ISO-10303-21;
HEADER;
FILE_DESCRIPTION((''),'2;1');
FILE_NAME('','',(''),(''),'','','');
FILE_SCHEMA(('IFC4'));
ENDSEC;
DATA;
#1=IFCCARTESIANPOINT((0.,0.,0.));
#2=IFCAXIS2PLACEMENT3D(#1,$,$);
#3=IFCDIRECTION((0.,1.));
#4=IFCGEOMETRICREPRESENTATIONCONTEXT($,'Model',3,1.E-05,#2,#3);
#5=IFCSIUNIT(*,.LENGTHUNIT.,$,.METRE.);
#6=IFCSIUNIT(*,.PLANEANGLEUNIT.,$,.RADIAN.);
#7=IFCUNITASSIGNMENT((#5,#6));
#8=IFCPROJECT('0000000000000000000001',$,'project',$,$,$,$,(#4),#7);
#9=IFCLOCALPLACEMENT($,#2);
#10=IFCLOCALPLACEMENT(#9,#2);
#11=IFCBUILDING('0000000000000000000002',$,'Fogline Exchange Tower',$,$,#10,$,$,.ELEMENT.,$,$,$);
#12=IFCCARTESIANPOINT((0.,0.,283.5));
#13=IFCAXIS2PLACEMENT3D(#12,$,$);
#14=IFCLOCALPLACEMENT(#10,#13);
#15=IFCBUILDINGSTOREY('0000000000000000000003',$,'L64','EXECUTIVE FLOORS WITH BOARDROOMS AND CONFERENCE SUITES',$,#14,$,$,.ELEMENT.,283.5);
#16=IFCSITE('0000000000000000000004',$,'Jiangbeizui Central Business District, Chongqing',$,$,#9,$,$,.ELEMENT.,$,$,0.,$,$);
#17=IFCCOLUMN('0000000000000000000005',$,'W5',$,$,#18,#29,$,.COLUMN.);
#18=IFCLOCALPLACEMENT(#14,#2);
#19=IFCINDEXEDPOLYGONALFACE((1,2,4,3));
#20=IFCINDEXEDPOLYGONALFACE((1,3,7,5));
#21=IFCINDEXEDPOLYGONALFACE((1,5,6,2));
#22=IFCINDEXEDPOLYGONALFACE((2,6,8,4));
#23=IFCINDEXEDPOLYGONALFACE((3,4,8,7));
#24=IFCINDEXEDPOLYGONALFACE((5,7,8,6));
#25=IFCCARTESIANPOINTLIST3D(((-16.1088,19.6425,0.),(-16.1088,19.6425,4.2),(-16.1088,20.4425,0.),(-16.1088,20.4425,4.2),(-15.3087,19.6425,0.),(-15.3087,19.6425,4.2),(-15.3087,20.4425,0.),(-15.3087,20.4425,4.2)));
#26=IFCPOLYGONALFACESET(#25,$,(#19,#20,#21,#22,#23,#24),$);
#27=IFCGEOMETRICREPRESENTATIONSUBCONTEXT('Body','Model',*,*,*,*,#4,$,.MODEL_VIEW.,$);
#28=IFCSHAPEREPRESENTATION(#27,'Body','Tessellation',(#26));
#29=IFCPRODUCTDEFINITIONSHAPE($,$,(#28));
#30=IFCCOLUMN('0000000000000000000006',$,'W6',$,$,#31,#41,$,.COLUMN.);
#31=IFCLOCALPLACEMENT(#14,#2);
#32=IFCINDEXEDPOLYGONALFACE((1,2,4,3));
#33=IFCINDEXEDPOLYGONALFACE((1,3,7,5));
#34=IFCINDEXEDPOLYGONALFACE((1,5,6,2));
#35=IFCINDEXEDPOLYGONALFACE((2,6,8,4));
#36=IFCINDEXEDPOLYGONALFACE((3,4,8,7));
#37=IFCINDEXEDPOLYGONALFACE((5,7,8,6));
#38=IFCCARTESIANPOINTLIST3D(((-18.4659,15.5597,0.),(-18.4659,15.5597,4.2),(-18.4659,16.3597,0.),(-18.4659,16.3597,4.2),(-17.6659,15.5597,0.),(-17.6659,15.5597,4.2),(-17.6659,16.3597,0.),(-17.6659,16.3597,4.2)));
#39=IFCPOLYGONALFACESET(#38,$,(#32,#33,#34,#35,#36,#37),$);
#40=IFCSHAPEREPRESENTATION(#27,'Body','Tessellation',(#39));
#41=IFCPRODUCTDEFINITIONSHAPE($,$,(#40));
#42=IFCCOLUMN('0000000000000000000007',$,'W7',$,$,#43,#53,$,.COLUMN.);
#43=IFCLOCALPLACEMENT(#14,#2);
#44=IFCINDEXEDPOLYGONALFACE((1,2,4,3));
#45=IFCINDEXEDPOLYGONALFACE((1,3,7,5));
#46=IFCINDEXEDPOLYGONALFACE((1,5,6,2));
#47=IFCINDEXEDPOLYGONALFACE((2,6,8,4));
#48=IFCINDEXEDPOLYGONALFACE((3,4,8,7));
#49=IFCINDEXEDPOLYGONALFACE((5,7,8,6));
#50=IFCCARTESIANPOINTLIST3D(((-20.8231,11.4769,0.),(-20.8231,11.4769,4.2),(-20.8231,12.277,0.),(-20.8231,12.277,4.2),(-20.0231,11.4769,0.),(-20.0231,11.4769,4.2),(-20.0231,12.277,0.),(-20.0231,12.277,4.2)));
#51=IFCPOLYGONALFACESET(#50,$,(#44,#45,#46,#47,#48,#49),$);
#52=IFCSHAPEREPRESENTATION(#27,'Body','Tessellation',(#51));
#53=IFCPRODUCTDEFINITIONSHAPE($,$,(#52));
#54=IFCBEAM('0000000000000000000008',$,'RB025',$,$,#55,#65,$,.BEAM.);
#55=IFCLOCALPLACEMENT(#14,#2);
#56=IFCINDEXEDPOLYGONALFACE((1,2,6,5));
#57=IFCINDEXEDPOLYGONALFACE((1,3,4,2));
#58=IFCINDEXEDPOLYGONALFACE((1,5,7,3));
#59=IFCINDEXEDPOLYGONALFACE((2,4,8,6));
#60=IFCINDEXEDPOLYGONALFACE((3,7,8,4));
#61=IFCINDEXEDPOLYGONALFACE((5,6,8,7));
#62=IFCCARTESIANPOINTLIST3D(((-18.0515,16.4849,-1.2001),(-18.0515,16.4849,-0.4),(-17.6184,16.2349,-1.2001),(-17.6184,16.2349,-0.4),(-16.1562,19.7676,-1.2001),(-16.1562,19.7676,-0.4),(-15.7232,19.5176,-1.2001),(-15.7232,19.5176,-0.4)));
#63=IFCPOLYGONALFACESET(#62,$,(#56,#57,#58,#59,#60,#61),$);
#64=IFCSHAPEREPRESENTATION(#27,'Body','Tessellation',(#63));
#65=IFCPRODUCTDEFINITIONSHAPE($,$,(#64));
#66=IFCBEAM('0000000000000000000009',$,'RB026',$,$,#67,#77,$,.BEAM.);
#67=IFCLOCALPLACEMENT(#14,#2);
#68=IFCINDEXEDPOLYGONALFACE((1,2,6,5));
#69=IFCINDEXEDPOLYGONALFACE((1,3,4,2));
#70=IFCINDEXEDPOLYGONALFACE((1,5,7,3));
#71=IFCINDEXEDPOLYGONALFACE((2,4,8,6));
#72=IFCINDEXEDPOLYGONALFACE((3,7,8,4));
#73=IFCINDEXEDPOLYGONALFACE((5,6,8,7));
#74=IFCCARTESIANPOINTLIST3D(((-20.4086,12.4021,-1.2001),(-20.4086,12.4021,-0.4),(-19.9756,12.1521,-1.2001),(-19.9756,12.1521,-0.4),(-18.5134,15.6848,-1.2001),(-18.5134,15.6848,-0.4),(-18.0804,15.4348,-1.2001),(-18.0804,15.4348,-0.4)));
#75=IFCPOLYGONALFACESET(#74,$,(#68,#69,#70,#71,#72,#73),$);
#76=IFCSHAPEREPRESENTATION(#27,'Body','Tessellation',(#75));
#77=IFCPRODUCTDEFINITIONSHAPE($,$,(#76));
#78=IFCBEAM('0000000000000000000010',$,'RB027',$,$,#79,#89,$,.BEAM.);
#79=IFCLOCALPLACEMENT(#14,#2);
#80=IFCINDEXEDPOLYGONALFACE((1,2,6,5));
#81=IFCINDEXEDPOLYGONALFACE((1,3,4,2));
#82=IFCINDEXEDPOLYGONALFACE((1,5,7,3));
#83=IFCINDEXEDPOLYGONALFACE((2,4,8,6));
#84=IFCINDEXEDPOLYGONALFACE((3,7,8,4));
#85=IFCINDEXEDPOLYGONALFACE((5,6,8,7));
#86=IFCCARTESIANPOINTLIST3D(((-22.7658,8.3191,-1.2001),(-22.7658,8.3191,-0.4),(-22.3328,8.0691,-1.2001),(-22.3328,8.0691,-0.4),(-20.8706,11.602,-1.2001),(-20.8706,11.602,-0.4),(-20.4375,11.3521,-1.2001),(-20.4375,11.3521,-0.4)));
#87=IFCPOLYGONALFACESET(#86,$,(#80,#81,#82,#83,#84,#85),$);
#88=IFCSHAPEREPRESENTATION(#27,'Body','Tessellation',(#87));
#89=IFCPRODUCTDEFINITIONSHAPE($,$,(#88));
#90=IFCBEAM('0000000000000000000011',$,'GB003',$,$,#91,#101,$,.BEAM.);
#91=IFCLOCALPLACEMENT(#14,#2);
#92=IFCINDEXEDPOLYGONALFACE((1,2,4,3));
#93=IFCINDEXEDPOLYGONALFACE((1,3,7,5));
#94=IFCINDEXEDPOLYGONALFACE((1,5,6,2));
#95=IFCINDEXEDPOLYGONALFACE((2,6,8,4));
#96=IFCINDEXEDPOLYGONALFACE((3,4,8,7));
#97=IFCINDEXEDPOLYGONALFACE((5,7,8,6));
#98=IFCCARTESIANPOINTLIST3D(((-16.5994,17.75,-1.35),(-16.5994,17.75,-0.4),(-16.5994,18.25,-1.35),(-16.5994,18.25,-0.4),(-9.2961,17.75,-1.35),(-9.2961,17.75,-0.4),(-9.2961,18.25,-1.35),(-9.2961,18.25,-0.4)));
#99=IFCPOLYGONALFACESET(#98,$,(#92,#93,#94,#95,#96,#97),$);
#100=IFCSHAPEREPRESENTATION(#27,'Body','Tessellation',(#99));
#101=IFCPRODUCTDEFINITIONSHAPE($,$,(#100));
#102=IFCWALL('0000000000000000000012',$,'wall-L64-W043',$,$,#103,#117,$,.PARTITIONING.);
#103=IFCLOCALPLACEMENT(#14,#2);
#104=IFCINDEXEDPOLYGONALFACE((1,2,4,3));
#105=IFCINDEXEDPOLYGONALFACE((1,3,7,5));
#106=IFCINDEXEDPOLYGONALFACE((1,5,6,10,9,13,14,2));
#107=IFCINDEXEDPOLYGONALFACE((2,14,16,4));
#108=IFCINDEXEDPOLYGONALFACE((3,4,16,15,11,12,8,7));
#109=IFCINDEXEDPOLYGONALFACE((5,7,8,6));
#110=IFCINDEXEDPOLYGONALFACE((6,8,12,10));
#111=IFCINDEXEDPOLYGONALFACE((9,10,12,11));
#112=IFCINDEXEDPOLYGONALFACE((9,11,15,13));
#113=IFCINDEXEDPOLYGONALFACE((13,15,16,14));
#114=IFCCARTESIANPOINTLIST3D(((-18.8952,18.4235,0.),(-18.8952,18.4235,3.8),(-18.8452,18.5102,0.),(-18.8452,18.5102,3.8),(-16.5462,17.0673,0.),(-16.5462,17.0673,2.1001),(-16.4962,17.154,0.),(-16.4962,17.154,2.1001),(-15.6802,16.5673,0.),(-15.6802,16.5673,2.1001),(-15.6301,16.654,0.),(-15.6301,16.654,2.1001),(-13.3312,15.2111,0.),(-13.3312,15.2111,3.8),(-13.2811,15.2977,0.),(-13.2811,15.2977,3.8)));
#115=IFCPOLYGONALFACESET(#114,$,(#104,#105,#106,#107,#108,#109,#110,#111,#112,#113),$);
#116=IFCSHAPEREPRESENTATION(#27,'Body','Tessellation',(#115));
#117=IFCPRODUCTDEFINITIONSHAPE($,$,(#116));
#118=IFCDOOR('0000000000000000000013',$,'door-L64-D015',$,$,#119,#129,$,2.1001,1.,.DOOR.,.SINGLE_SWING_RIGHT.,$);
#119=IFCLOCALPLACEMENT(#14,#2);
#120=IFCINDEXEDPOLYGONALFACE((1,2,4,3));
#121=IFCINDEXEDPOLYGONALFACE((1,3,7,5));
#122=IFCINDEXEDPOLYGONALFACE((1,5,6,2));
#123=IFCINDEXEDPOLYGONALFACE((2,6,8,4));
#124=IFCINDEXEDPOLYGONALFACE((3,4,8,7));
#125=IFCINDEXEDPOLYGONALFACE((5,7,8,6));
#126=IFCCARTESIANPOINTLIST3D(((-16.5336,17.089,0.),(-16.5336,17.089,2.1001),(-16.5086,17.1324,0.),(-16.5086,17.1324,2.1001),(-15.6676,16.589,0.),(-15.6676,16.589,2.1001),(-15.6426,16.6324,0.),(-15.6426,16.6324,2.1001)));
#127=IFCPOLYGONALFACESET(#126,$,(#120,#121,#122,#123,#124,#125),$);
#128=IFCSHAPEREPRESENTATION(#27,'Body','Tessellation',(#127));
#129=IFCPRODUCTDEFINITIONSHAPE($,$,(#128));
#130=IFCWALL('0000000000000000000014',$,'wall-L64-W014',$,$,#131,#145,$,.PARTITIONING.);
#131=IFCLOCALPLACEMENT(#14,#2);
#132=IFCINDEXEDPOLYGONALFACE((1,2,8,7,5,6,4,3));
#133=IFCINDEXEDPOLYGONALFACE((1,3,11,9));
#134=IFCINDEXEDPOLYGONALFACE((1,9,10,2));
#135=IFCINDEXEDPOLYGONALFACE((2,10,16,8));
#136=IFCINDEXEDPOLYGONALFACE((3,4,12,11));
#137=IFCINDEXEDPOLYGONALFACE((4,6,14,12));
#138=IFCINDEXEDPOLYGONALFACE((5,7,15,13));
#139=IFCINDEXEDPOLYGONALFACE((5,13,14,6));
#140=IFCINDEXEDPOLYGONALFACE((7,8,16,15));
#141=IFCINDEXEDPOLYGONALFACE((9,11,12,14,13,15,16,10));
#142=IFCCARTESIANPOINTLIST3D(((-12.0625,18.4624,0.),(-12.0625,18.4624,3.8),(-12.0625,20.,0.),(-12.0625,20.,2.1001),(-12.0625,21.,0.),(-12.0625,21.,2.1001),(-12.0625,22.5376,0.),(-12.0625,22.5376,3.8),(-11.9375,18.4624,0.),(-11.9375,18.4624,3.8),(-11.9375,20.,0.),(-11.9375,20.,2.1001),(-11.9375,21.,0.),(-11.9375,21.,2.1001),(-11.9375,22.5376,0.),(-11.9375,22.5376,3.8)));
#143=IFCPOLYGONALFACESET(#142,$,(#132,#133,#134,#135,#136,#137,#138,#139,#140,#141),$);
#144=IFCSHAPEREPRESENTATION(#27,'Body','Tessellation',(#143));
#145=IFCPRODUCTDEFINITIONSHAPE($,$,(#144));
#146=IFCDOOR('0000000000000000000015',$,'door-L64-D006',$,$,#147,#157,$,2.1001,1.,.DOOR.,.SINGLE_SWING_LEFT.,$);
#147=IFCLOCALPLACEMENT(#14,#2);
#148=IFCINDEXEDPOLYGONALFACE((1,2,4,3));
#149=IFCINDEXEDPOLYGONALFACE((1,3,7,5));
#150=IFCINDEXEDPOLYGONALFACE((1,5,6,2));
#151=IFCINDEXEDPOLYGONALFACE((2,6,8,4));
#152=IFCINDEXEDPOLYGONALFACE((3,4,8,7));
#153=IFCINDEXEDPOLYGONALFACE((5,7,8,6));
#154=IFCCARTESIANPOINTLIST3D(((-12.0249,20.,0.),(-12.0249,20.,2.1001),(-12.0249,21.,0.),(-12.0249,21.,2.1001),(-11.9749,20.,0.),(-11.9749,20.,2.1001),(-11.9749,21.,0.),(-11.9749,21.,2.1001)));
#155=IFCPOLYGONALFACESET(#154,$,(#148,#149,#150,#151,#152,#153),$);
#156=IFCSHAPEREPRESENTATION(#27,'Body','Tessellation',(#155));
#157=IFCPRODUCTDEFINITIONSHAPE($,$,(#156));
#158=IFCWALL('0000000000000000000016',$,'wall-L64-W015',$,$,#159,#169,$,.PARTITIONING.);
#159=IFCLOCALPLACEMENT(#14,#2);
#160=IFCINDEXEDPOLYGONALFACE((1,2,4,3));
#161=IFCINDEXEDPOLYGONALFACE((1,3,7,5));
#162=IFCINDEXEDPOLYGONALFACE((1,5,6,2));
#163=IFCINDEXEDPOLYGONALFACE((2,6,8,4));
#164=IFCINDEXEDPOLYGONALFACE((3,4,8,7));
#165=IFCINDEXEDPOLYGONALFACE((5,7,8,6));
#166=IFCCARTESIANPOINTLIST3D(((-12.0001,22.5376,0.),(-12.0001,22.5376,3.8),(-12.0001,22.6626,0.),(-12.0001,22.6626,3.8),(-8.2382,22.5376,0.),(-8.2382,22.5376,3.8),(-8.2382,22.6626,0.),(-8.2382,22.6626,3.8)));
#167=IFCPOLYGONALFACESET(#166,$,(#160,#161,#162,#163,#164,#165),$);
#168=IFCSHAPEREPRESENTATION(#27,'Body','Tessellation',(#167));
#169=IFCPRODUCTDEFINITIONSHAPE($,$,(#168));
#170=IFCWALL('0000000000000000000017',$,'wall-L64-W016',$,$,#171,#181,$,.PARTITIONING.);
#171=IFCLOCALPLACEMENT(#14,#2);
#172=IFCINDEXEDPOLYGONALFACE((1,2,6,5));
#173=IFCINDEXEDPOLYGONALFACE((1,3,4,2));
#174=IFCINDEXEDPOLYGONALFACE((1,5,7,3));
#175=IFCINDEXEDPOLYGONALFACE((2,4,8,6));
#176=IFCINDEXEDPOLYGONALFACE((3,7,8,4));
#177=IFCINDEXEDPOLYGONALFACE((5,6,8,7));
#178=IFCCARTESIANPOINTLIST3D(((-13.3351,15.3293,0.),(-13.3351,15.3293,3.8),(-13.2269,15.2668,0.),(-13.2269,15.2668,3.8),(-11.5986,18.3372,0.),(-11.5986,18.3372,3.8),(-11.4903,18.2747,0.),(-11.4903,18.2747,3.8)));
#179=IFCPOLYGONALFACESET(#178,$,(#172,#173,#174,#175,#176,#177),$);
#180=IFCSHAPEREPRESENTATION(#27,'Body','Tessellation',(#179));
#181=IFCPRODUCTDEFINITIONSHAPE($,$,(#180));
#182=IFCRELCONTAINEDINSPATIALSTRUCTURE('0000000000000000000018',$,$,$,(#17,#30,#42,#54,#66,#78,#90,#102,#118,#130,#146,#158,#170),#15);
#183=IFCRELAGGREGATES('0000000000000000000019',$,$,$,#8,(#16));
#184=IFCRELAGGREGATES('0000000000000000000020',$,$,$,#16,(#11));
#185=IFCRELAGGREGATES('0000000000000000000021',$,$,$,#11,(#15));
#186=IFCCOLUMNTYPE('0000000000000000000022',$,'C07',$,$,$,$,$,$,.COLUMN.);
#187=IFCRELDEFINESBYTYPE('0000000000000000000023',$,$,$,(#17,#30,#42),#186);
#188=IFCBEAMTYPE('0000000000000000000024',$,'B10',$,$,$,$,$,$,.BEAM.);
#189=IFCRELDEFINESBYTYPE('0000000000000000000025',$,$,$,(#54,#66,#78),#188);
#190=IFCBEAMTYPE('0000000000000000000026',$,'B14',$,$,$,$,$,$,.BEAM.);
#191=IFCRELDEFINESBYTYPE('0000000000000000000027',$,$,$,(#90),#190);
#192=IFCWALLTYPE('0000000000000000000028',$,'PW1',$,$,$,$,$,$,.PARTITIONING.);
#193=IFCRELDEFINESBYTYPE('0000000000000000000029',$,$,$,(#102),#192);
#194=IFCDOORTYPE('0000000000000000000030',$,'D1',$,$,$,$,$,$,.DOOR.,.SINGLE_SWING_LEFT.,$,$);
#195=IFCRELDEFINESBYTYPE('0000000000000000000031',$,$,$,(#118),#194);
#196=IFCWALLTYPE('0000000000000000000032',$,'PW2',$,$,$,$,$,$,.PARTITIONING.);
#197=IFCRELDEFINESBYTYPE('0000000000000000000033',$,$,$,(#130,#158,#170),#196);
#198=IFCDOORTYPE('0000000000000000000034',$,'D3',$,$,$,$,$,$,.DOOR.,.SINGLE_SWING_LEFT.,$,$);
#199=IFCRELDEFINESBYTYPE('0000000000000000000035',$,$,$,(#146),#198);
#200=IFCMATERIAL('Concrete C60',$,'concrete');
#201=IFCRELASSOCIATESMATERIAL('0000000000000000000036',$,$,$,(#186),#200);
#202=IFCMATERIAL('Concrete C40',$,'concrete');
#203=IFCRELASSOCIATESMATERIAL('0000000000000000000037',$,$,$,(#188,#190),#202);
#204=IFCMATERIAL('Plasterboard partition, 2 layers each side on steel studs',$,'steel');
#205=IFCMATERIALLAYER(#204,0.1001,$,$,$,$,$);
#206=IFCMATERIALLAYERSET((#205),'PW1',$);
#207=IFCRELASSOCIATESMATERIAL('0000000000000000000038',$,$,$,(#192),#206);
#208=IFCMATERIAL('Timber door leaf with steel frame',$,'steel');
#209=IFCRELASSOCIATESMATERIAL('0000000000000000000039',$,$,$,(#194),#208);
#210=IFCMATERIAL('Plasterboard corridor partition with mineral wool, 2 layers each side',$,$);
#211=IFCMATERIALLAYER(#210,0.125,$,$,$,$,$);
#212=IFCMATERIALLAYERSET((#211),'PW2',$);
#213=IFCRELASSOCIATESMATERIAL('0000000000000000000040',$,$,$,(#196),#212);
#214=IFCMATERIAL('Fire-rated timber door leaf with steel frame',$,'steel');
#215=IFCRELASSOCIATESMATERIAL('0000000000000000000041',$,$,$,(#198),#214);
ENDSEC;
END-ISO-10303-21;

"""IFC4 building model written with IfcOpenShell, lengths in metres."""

from ifc_helpers import new_model, si_unit, direction, frame, frame_2d, origin, origin_2d, place, context, subcontext, project, spatial, rectangle, extrude, material, layer, layer_set, material_profile, profile_set, type_object, element, fill, save


model = new_model("IFC4")

# Units and contexts
model_context = context("Model", 3, precision=1e-05, world=origin(), true_north=direction((0.0, 1.0)))
body_context = subcontext(model_context, "Body", "Model", "MODEL_VIEW")
ifc_project = project(units=[si_unit("LENGTHUNIT", "METRE"), si_unit("PLANEANGLEUNIT", "RADIAN")], contexts=[model_context])

# Site, building, storey
site_placement = place(None, origin())
site = spatial("IfcSite", under=ifc_project, at=site_placement, Name="Jiangbeizui Central Business District, Chongqing", CompositionType="ELEMENT", RefElevation=0.0)
building_placement = place(site_placement, origin())
building = spatial("IfcBuilding", under=site, at=building_placement, Name="Fogline Exchange Tower", CompositionType="ELEMENT")
storey_placement = place(building_placement, frame((0.0, 0.0, 283.5)))
storey = spatial("IfcBuildingStorey", under=building, at=storey_placement, Name="L64", Description="EXECUTIVE FLOORS WITH BOARDROOMS AND CONFERENCE SUITES", CompositionType="ELEMENT", Elevation=283.5)

# Columns
ifc_material_1 = material(Name="Concrete C60", Category="concrete")
ifc_material_profile_1 = material_profile(ifc_material_1, rectangle(XDim=0.8, YDim=0.8, at=origin_2d()), Name="RC 800x800")
ifc_profile_set_1 = profile_set([ifc_material_profile_1], Name="Concrete C60")
column_type = type_object("IfcColumnType", Name="C07", PredefinedType="COLUMN", material=ifc_profile_set_1)
for number, where, z_axis, x_axis, name in (
    (1, (-15.7087, 20.0425, 0.0), (0.0, 0.0, 1.0), (1.0, 0.0, 0.0), "W5"),
    (2, (-18.0659, 15.9597, 0.0), (0.0, 0.0, 1.0), (1.0, 0.0, 0.0), "W6"),
    (3, (-20.4231, 11.877, 0.0), (0.0, 0.0, 1.0), (1.0, 0.0, 0.0), "W7"),
):
    element("IfcColumn", number, at=place(storey_placement, frame(where, z_axis=z_axis, x_axis=x_axis)), inside=storey, type_object=column_type, Name=name, PredefinedType="COLUMN", context=body_context, shape_type="SweptSolid", body=[
        extrude(rectangle(XDim=0.8, YDim=0.8, at=origin_2d()), origin(), (0.0, 0.0, 1.0), 4.2),
    ])

# Beams
ifc_material_2 = material(Name="Concrete C40", Category="concrete")
ifc_material_profile_2 = material_profile(ifc_material_2, rectangle(XDim=0.5, YDim=0.8, at=origin_2d()), Name="RC 500x800")
ifc_profile_set_2 = profile_set([ifc_material_profile_2], Name="Concrete C40")
beam_type_1 = type_object("IfcBeamType", Name="B10", PredefinedType="BEAM", material=ifc_profile_set_2)
for number, where, z_axis, x_axis, name in (
    (4, (-15.9397, 19.6426, -0.8), (-0.499998, -0.866027, 0.0), (0.866027, -0.499998, 0.0), "RB025"),
    (5, (-18.2969, 15.5598, -0.8), (-0.499998, -0.866027, 0.0), (0.866027, -0.499998, 0.0), "RB026"),
):
    element("IfcBeam", number, at=place(storey_placement, frame(where, z_axis=z_axis, x_axis=x_axis)), inside=storey, type_object=beam_type_1, Name=name, PredefinedType="BEAM", context=body_context, shape_type="SweptSolid", body=[
        extrude(rectangle(XDim=0.5, YDim=0.8, at=origin_2d()), origin(), (0.0, 0.0, 1.0), 3.7905),
    ])
beam_1_placement = place(storey_placement, frame((-20.6541, 11.4771, -0.8), z_axis=(-0.49997, -0.866043, 0.0), x_axis=(0.866043, -0.49997, 0.0)))
element("IfcBeam", 6, at=beam_1_placement, inside=storey, type_object=beam_type_1, Name="RB027", PredefinedType="BEAM", context=body_context, shape_type="SweptSolid", body=[
    extrude(rectangle(XDim=0.5, YDim=0.8, at=origin_2d()), origin(), (0.0, 0.0, 1.0), 3.7908),
])
ifc_material_profile_3 = material_profile(ifc_material_2, rectangle(XDim=0.5, YDim=0.95, at=origin_2d()), Name="RC 500x950")
ifc_profile_set_3 = profile_set([ifc_material_profile_3], Name="Concrete C40")
beam_type_2 = type_object("IfcBeamType", Name="B14", PredefinedType="BEAM", material=ifc_profile_set_3)
beam_2_placement = place(storey_placement, frame((-16.5994, 18.0, -0.875), z_axis=(1.0, 0.0, 0.0), x_axis=(0.0, 1.0, 0.0)))
element("IfcBeam", 7, at=beam_2_placement, inside=storey, type_object=beam_type_2, Name="GB003", PredefinedType="BEAM", context=body_context, shape_type="SweptSolid", body=[
    extrude(rectangle(XDim=0.5, YDim=0.95, at=origin_2d()), origin(), (0.0, 0.0, 1.0), 7.3032),
])

# Walls, openings, doors
ifc_material_3 = material(Name="Plasterboard partition, 2 layers each side on steel studs", Category="steel")
ifc_layer_1 = layer(ifc_material_3, 0.1001)
ifc_layer_set_1 = layer_set([ifc_layer_1], Name="PW1")
wall_type_1 = type_object("IfcWallType", Name="PW1", PredefinedType="PARTITIONING", material=ifc_layer_set_1)
wall_1_placement = place(storey_placement, frame((-13.3062, 15.2544, 0.0), z_axis=(0.0, 0.0, 1.0), x_axis=(-0.866022, 0.500005, 0.0)))
wall_1 = element("IfcWall", 8, at=wall_1_placement, inside=storey, type_object=wall_type_1, Name="wall-L64-W043", PredefinedType="PARTITIONING", context=body_context, shape_type="SweptSolid", body=[
    extrude(rectangle(XDim=6.4248, YDim=0.1001, at=frame_2d((3.2124, 0.0))), origin(), (0.0, 0.0, 1.0), 3.8),
])
opening_1_placement = place(wall_1_placement, frame((2.7124, 0.0, 0.0)))
opening_1 = element("IfcOpeningElement", 9, at=opening_1_placement, cuts=wall_1, PredefinedType="OPENING", context=body_context, shape_type="SweptSolid", body=[
    extrude(rectangle(XDim=1.0, YDim=2.1001, at=frame_2d((0.5, 1.05))), frame((0.0, 0.0601, 0.0), z_axis=(0.0, -1.0, 0.0), x_axis=(1.0, 0.0, 0.0)), (0.0, 0.0, 1.0), 0.1201),
])
ifc_material_4 = material(Name="Timber door leaf with steel frame", Category="steel")
door_type_1 = type_object("IfcDoorType", Name="D1", OperationType="SINGLE_SWING_LEFT", PredefinedType="DOOR", material=ifc_material_4)
door_1_placement = place(opening_1_placement, origin())
door_1 = element("IfcDoor", 10, at=door_1_placement, inside=storey, type_object=door_type_1, Name="door-L64-D015", OperationType="SINGLE_SWING_RIGHT", OverallHeight=2.1001, OverallWidth=1.0, PredefinedType="DOOR", context=body_context, shape_type="SweptSolid", body=[
    extrude(rectangle(XDim=1.0, YDim=2.1001, at=frame_2d((0.5, 1.05))), frame((0.0, 0.0249, 0.0), z_axis=(0.0, -1.0, 0.0), x_axis=(1.0, 0.0, 0.0)), (0.0, 0.0, 1.0), 0.05),
])
fill(opening_1, door_1)
ifc_material_5 = material(Name="Plasterboard corridor partition with mineral wool, 2 layers each side")
ifc_layer_2 = layer(ifc_material_5, 0.125)
ifc_layer_set_2 = layer_set([ifc_layer_2], Name="PW2")
wall_type_2 = type_object("IfcWallType", Name="PW2", PredefinedType="PARTITIONING", material=ifc_layer_set_2)
wall_2_placement = place(storey_placement, frame((-12.0, 18.4624, 0.0), z_axis=(0.0, 0.0, 1.0), x_axis=(0.0, 1.0, 0.0)))
wall_2 = element("IfcWall", 11, at=wall_2_placement, inside=storey, type_object=wall_type_2, Name="wall-L64-W014", PredefinedType="PARTITIONING", context=body_context, shape_type="SweptSolid", body=[
    extrude(rectangle(XDim=4.0752, YDim=0.125, at=frame_2d((2.0376, 0.0))), origin(), (0.0, 0.0, 1.0), 3.8),
])
opening_2_placement = place(wall_2_placement, frame((1.5376, 0.0, 0.0)))
opening_2 = element("IfcOpeningElement", 12, at=opening_2_placement, cuts=wall_2, PredefinedType="OPENING", context=body_context, shape_type="SweptSolid", body=[
    extrude(rectangle(XDim=1.0, YDim=2.1001, at=frame_2d((0.5, 1.05))), frame((0.0, 0.0725, 0.0), z_axis=(0.0, -1.0, 0.0), x_axis=(1.0, 0.0, 0.0)), (0.0, 0.0, 1.0), 0.145),
])
ifc_material_6 = material(Name="Fire-rated timber door leaf with steel frame", Category="steel")
door_type_2 = type_object("IfcDoorType", Name="D3", OperationType="SINGLE_SWING_LEFT", PredefinedType="DOOR", material=ifc_material_6)
door_2_placement = place(opening_2_placement, origin())
door_2 = element("IfcDoor", 13, at=door_2_placement, inside=storey, type_object=door_type_2, Name="door-L64-D006", OperationType="SINGLE_SWING_LEFT", OverallHeight=2.1001, OverallWidth=1.0, PredefinedType="DOOR", context=body_context, shape_type="SweptSolid", body=[
    extrude(rectangle(XDim=1.0, YDim=2.1001, at=frame_2d((0.5, 1.05))), frame((0.0, 0.0249, 0.0), z_axis=(0.0, -1.0, 0.0), x_axis=(1.0, 0.0, 0.0)), (0.0, 0.0, 1.0), 0.05),
])
fill(opening_2, door_2)

# Walls
wall_3_placement = place(storey_placement, frame((-12.0, 22.6001, 0.0), z_axis=(0.0, 0.0, 1.0), x_axis=(1.0, 0.0, 0.0)))
element("IfcWall", 14, at=wall_3_placement, inside=storey, type_object=wall_type_2, Name="wall-L64-W015", PredefinedType="PARTITIONING", context=body_context, shape_type="SweptSolid", body=[
    extrude(rectangle(XDim=3.762, YDim=0.125, at=frame_2d((1.8809, 0.0))), origin(), (0.0, 0.0, 1.0), 3.8),
])
wall_4_placement = place(storey_placement, frame((-13.281, 15.2981, 0.0), z_axis=(0.0, 0.0, 1.0), x_axis=(0.500002, 0.866024, 0.0)))
element("IfcWall", 15, at=wall_4_placement, inside=storey, type_object=wall_type_2, Name="wall-L64-W016", PredefinedType="PARTITIONING", context=body_context, shape_type="SweptSolid", body=[
    extrude(rectangle(XDim=3.4731, YDim=0.125, at=frame_2d((1.7366, 0.0))), origin(), (0.0, 0.0, 1.0), 3.8),
])

save(model, "model.ifc")
